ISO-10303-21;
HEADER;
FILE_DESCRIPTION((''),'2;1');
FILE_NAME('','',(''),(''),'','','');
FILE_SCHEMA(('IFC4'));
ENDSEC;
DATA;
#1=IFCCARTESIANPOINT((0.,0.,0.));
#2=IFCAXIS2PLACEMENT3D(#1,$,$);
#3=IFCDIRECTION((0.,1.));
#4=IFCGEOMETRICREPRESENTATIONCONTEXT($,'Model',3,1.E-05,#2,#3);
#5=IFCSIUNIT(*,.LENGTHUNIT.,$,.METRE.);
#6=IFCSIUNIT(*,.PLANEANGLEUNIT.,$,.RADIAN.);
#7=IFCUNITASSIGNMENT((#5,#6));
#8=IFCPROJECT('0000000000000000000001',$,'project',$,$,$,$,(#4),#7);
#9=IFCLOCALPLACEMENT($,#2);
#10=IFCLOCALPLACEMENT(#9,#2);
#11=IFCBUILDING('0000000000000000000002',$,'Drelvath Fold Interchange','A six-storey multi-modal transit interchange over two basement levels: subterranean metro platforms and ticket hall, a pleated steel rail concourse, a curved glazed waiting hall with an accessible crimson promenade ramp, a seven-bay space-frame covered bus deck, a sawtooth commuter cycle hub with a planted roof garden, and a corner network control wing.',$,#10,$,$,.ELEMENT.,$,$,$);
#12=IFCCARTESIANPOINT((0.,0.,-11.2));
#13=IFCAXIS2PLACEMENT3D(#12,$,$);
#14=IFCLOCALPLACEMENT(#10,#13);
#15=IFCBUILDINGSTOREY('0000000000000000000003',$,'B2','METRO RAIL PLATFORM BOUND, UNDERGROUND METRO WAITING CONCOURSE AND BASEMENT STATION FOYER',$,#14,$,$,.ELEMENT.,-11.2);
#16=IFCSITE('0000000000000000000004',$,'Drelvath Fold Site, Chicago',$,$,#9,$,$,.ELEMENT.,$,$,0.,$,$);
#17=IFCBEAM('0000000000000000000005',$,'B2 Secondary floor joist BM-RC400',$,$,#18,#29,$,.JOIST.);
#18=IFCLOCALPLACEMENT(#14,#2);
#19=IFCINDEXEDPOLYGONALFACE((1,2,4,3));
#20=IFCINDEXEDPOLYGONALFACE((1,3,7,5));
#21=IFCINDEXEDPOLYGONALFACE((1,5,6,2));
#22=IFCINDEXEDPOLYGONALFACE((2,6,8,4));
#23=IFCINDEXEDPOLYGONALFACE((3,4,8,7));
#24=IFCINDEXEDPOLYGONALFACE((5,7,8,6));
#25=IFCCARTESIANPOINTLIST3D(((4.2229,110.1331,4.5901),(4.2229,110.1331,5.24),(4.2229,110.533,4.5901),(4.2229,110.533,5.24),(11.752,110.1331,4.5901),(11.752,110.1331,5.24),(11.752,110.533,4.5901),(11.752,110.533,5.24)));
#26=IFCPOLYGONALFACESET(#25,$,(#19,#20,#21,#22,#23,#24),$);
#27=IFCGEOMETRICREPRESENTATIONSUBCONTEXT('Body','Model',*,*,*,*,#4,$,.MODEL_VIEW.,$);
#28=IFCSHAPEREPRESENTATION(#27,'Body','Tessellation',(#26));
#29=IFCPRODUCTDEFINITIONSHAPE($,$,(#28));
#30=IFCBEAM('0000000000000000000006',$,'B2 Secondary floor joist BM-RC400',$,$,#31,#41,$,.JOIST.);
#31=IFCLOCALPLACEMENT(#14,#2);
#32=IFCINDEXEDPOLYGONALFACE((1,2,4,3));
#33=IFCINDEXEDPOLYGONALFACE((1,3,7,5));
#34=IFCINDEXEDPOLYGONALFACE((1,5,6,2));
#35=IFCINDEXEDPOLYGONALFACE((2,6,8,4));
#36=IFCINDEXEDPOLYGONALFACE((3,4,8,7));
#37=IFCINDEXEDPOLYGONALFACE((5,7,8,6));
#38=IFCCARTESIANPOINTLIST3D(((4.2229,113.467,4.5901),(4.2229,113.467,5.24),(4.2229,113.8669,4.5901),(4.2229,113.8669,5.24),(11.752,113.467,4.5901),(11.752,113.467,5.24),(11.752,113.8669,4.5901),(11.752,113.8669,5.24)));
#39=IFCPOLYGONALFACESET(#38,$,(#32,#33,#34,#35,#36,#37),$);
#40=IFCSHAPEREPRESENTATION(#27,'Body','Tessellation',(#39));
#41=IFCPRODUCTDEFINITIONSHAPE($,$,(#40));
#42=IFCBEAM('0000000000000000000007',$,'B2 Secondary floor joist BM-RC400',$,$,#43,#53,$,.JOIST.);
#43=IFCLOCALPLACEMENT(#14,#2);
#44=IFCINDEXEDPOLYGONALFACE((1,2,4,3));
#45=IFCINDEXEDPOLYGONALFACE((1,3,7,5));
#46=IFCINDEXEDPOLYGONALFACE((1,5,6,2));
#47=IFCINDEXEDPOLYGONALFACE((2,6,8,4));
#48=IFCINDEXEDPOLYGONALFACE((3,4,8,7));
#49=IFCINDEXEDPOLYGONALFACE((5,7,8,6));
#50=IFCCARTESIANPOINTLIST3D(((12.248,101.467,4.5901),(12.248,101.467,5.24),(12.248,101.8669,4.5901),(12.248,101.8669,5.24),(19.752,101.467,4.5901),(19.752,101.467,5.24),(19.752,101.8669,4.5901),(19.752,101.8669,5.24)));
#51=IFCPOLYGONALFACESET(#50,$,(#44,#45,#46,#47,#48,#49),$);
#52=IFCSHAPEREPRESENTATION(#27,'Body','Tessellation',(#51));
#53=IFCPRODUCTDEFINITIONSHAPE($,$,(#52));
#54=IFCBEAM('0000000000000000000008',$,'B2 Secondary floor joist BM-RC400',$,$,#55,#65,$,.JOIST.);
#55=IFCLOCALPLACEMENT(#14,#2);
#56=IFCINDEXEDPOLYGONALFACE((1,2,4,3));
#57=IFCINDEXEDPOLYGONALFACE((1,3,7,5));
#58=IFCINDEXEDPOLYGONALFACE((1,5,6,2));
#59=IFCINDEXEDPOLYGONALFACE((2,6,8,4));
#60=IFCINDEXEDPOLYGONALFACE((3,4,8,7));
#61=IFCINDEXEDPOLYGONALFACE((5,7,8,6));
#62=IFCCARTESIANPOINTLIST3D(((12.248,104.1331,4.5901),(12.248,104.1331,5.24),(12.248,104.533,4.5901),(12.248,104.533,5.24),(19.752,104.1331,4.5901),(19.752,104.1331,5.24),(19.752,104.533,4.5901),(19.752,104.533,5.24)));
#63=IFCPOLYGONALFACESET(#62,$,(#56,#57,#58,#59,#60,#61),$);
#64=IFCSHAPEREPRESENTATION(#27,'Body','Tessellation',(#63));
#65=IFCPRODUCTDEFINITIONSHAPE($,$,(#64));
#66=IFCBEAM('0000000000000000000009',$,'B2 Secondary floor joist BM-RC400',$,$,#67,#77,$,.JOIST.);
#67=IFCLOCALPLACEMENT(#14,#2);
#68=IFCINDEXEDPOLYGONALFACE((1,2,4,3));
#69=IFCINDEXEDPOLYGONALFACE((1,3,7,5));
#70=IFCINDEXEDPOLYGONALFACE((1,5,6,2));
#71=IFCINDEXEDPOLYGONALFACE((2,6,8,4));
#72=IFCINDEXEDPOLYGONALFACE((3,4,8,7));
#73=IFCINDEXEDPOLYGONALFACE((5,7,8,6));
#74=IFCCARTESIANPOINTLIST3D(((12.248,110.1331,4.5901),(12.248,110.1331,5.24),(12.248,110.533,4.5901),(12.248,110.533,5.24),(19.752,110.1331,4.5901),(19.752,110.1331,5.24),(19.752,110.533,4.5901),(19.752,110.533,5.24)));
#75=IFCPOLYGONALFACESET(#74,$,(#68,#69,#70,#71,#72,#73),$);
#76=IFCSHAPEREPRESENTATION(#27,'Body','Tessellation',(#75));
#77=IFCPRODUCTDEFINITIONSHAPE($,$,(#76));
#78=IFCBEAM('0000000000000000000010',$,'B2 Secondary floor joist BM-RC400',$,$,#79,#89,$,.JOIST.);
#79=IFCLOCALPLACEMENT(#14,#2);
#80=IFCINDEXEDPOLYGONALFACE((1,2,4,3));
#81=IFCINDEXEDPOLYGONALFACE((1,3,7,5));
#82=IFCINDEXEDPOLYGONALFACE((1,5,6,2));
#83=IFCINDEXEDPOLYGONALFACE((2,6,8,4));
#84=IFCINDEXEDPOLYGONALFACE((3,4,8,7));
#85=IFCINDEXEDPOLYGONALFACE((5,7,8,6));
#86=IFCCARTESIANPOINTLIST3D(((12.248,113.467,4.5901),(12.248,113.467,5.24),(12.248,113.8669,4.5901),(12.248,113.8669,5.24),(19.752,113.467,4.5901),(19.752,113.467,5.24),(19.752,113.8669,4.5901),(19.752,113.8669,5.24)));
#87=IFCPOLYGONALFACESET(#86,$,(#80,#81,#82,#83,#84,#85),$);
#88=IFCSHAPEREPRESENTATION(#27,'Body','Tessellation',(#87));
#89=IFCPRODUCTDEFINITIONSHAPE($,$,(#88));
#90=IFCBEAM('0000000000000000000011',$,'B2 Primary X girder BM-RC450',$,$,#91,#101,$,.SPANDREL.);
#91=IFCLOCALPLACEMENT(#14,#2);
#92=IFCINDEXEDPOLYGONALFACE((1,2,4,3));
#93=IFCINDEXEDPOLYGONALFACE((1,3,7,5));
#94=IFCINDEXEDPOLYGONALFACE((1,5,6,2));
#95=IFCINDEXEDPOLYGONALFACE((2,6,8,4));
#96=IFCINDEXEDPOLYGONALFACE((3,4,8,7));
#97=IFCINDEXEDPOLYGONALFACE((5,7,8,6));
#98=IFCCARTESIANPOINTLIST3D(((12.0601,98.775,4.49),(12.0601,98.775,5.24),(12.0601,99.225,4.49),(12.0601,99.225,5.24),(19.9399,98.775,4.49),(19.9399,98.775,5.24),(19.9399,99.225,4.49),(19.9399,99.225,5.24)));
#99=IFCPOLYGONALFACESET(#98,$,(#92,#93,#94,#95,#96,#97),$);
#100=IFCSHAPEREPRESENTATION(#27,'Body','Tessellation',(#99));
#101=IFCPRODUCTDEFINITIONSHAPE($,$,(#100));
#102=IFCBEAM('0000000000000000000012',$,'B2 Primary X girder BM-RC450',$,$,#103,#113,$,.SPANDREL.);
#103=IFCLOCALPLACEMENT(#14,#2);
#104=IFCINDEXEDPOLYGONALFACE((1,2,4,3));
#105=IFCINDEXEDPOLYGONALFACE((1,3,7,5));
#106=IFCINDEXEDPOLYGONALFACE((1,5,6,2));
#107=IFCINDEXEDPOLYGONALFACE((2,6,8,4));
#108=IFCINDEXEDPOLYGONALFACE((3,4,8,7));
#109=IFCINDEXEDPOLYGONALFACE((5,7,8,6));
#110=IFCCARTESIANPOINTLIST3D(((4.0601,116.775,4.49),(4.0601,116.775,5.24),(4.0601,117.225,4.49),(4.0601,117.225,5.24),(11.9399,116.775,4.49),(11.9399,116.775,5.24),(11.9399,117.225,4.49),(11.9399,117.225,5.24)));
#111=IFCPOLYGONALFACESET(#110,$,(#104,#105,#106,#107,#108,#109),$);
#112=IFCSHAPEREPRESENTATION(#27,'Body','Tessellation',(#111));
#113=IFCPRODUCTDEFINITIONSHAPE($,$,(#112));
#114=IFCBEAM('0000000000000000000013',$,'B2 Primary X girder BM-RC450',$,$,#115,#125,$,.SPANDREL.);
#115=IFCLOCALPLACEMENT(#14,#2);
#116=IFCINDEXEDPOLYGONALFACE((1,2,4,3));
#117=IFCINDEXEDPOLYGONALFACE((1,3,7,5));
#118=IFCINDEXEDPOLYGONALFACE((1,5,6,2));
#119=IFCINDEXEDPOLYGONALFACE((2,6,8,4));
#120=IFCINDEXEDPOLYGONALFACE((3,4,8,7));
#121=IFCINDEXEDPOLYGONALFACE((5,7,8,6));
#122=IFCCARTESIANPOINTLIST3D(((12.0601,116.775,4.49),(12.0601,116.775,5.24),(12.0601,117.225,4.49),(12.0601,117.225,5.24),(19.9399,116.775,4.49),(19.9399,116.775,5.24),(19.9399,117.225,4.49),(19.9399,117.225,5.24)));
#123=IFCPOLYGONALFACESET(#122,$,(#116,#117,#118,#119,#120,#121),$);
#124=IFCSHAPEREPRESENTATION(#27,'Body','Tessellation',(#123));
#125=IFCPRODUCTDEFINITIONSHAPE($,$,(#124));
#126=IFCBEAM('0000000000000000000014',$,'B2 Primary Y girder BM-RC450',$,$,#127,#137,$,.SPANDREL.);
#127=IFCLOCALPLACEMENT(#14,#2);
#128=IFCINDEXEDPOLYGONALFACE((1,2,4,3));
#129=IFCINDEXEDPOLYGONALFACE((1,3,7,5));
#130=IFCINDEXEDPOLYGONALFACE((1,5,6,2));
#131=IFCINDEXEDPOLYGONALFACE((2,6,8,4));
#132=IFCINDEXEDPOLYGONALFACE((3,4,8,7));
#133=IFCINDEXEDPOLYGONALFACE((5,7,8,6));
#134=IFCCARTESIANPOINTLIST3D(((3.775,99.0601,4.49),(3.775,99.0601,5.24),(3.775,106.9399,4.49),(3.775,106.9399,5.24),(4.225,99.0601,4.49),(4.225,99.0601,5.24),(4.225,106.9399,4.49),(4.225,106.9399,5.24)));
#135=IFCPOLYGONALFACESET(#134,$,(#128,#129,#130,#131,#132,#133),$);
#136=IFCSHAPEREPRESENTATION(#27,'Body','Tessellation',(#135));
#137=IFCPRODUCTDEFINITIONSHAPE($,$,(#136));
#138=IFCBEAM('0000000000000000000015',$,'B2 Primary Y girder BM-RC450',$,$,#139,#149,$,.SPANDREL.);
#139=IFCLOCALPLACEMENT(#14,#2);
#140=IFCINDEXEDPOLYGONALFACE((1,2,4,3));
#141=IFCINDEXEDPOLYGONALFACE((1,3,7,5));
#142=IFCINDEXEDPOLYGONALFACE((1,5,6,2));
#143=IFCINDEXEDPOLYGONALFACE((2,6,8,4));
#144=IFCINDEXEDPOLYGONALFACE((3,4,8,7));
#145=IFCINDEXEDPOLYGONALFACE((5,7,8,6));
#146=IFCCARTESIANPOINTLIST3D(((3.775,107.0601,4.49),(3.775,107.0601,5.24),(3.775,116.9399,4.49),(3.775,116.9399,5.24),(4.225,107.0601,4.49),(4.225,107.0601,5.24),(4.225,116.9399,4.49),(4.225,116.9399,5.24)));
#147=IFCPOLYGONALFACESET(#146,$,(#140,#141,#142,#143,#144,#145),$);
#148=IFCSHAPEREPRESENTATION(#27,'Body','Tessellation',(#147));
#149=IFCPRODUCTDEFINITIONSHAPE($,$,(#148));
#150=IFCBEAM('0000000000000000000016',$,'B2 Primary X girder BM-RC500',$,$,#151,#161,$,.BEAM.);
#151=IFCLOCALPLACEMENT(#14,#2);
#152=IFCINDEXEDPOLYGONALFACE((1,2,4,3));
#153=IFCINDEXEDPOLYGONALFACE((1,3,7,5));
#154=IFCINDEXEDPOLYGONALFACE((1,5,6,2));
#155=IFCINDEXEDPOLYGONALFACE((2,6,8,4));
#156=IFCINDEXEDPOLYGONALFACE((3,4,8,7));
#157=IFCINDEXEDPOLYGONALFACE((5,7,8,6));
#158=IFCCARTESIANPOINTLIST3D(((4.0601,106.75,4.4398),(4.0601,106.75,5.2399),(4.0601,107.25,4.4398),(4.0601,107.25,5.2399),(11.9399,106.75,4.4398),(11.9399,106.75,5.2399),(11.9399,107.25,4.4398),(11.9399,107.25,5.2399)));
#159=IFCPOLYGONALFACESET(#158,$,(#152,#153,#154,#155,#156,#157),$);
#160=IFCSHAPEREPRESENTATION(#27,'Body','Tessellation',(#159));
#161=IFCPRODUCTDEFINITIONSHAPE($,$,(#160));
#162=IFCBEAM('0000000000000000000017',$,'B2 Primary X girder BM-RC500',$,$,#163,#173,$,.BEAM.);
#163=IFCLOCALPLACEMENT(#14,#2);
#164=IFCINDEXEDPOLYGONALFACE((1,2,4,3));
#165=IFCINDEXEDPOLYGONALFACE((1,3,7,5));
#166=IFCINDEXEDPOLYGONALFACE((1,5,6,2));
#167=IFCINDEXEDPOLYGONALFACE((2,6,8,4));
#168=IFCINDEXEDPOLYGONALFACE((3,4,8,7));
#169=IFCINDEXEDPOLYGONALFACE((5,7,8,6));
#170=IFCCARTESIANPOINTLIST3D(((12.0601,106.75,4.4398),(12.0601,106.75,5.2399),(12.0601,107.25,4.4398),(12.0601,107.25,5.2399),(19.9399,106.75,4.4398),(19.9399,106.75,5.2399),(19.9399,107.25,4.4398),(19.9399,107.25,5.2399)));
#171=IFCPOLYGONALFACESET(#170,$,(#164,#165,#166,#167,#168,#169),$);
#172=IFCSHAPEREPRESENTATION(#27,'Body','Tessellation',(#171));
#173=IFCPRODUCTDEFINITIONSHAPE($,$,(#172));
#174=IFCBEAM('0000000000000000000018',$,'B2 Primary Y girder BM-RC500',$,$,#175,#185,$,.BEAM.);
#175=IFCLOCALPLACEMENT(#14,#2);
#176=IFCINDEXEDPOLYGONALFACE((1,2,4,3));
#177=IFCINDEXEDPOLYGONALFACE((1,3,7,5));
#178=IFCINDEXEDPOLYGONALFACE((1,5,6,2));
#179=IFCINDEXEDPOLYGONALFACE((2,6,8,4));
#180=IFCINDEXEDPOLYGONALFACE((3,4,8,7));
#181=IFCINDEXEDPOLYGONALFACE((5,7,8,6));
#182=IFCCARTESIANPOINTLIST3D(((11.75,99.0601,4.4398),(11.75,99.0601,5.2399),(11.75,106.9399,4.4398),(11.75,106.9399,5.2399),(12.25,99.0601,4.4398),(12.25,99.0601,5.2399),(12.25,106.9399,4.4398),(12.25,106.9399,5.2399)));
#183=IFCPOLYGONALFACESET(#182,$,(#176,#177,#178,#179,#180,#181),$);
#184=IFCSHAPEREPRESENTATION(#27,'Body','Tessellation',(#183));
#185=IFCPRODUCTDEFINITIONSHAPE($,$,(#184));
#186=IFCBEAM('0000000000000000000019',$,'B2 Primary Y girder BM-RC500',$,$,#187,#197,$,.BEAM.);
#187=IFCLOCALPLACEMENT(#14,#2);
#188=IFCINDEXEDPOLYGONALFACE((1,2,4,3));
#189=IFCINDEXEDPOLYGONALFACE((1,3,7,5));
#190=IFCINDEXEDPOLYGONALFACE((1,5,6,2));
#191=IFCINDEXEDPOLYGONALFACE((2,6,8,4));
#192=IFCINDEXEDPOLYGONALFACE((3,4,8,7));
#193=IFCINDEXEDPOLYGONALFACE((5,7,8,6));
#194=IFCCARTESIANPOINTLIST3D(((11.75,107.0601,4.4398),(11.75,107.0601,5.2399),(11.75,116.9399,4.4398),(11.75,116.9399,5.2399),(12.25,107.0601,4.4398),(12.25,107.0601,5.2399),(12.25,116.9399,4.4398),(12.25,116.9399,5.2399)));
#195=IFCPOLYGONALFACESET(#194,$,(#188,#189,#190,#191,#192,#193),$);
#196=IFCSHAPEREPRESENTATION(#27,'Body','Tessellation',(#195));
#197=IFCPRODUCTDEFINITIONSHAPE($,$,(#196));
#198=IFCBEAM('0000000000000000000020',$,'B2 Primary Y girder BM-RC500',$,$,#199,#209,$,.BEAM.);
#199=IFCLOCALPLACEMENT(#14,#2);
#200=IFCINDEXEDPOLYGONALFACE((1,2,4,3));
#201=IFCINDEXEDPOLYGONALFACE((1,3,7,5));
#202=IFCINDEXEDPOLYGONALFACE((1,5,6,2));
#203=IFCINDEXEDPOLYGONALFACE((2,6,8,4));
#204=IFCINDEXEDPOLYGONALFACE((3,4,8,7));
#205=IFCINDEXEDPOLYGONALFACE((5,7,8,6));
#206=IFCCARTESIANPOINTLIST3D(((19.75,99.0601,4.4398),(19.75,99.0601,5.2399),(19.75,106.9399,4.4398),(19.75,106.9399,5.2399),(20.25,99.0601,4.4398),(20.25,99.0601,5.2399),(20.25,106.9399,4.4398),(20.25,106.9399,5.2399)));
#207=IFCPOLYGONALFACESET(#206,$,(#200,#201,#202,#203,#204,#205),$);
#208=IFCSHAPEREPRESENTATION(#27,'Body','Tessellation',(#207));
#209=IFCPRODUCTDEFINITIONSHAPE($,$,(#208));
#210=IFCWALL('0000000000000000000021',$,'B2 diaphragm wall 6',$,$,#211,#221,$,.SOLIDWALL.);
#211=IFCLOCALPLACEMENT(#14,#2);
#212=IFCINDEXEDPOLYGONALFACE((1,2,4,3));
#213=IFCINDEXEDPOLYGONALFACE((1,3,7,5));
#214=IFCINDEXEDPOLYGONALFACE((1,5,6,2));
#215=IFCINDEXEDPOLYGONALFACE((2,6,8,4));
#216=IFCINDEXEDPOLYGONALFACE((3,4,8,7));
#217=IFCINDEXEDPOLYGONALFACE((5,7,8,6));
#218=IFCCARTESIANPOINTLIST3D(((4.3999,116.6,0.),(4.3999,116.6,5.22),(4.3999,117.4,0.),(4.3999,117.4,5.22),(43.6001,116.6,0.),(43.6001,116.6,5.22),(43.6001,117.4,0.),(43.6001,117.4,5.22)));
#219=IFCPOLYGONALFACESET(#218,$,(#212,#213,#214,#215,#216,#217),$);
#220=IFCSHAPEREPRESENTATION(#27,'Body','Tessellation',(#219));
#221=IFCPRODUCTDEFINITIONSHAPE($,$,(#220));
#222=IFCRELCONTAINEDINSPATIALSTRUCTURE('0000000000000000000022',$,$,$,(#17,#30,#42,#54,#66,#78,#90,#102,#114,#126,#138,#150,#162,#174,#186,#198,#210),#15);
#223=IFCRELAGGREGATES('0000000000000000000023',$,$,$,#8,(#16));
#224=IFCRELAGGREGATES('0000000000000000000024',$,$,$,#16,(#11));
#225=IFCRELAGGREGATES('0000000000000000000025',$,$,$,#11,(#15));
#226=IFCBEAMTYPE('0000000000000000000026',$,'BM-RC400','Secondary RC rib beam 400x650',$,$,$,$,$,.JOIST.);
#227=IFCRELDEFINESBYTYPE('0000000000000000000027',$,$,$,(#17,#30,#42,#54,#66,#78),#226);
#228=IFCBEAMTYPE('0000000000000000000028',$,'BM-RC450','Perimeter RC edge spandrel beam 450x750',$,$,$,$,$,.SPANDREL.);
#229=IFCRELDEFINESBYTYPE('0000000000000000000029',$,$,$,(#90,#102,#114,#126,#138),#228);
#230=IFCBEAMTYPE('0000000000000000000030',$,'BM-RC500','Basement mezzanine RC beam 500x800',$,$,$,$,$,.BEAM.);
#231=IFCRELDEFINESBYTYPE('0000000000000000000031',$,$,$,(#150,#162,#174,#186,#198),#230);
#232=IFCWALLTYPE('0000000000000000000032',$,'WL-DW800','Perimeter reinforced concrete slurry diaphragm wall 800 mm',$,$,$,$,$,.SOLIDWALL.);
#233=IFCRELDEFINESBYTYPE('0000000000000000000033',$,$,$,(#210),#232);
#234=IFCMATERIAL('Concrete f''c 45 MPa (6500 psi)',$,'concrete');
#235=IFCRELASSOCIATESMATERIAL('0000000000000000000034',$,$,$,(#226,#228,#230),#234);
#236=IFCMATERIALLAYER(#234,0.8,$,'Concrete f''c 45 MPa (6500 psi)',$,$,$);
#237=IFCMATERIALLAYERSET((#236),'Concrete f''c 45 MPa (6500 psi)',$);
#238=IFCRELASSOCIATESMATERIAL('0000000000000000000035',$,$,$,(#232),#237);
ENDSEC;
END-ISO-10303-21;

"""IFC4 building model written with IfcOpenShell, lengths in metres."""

from ifc_helpers import new_model, si_unit, direction, frame, frame_2d, origin, origin_2d, place, context, subcontext, project, spatial, rectangle, extrude, material, layer, layer_set, material_profile, profile_set, type_object, element, save


model = new_model("IFC4")

# Units and contexts
model_context = context("Model", 3, precision=1e-05, world=origin(), true_north=direction((0.0, 1.0)))
body_context = subcontext(model_context, "Body", "Model", "MODEL_VIEW")
ifc_project = project(units=[si_unit("LENGTHUNIT", "METRE"), si_unit("PLANEANGLEUNIT", "RADIAN")], contexts=[model_context])

# Site, building, storey
site_placement = place(None, origin())
site = spatial("IfcSite", under=ifc_project, at=site_placement, Name="Drelvath Fold Site, Chicago", CompositionType="ELEMENT", RefElevation=0.0)
building_placement = place(site_placement, origin())
building = spatial("IfcBuilding", under=site, at=building_placement, Name="Drelvath Fold Interchange", Description="A six-storey multi-modal transit interchange over two basement levels: subterranean metro platforms and ticket hall, a pleated steel rail concourse, a curved glazed waiting hall with an accessible crimson promenade ramp, a seven-bay space-frame covered bus deck, a sawtooth commuter cycle hub with a planted roof garden, and a corner network control wing.", CompositionType="ELEMENT")
storey_placement = place(building_placement, frame((0.0, 0.0, -11.2)))
storey = spatial("IfcBuildingStorey", under=building, at=storey_placement, Name="B2", Description="METRO RAIL PLATFORM BOUND, UNDERGROUND METRO WAITING CONCOURSE AND BASEMENT STATION FOYER", CompositionType="ELEMENT", Elevation=-11.2)

# Beams
ifc_material_1 = material(Name="Concrete f'c 45 MPa (6500 psi)", Category="concrete")
ifc_material_profile_1 = material_profile(ifc_material_1, rectangle(XDim=0.3999, YDim=0.6499, at=origin_2d()), Name="RC 400x650")
ifc_profile_set_1 = profile_set([ifc_material_profile_1], Name="Concrete f'c 45 MPa (6500 psi)")
beam_type_1 = type_object("IfcBeamType", Name="BM-RC400", Description="Secondary RC rib beam 400x650", PredefinedType="JOIST", material=ifc_profile_set_1)
for number, where, z_axis, x_axis, name in (
    (1, (4.2229, 110.333, 4.915), (1.0, 0.0, 0.0), (0.0, 1.0, 0.0), "B2 Secondary floor joist BM-RC400"),
    (2, (4.2229, 113.667, 4.915), (1.0, 0.0, 0.0), (0.0, 1.0, 0.0), "B2 Secondary floor joist BM-RC400"),
):
    element("IfcBeam", number, at=place(storey_placement, frame(where, z_axis=z_axis, x_axis=x_axis)), inside=storey, type_object=beam_type_1, Name=name, PredefinedType="JOIST", context=body_context, shape_type="SweptSolid", body=[
        extrude(rectangle(XDim=0.3999, YDim=0.6499, at=origin_2d()), origin(), (0.0, 0.0, 1.0), 7.5291),
    ])
for number, where, z_axis, x_axis, name in (
    (3, (12.248, 101.667, 4.915), (1.0, 0.0, 0.0), (0.0, 1.0, 0.0), "B2 Secondary floor joist BM-RC400"),
    (4, (12.248, 104.333, 4.915), (1.0, 0.0, 0.0), (0.0, 1.0, 0.0), "B2 Secondary floor joist BM-RC400"),
    (5, (12.248, 110.333, 4.915), (1.0, 0.0, 0.0), (0.0, 1.0, 0.0), "B2 Secondary floor joist BM-RC400"),
    (6, (12.248, 113.667, 4.915), (1.0, 0.0, 0.0), (0.0, 1.0, 0.0), "B2 Secondary floor joist BM-RC400"),
):
    element("IfcBeam", number, at=place(storey_placement, frame(where, z_axis=z_axis, x_axis=x_axis)), inside=storey, type_object=beam_type_1, Name=name, PredefinedType="JOIST", context=body_context, shape_type="SweptSolid", body=[
        extrude(rectangle(XDim=0.3999, YDim=0.6499, at=origin_2d()), origin(), (0.0, 0.0, 1.0), 7.5039),
    ])
ifc_material_profile_2 = material_profile(ifc_material_1, rectangle(XDim=0.45, YDim=0.75, at=origin_2d()), Name="RC 450x750")
ifc_profile_set_2 = profile_set([ifc_material_profile_2], Name="Concrete f'c 45 MPa (6500 psi)")
beam_type_2 = type_object("IfcBeamType", Name="BM-RC450", Description="Perimeter RC edge spandrel beam 450x750", PredefinedType="SPANDREL", material=ifc_profile_set_2)
for number, where, z_axis, x_axis, name in (
    (7, (12.0601, 99.0, 4.865), (1.0, 0.0, 0.0), (0.0, 1.0, 0.0), "B2 Primary X girder BM-RC450"),
    (8, (4.0601, 117.0, 4.865), (1.0, 0.0, 0.0), (0.0, 1.0, 0.0), "B2 Primary X girder BM-RC450"),
    (9, (12.0601, 117.0, 4.865), (1.0, 0.0, 0.0), (0.0, 1.0, 0.0), "B2 Primary X girder BM-RC450"),
    (10, (4.0, 99.0601, 4.865), (0.0, 1.0, 0.0), (-1.0, 0.0, 0.0), "B2 Primary Y girder BM-RC450"),
):
    element("IfcBeam", number, at=place(storey_placement, frame(where, z_axis=z_axis, x_axis=x_axis)), inside=storey, type_object=beam_type_2, Name=name, PredefinedType="SPANDREL", context=body_context, shape_type="SweptSolid", body=[
        extrude(rectangle(XDim=0.45, YDim=0.75, at=origin_2d()), origin(), (0.0, 0.0, 1.0), 7.8799),
    ])
beam_1_placement = place(storey_placement, frame((4.0, 107.0601, 4.865), z_axis=(0.0, 1.0, 0.0), x_axis=(-1.0, 0.0, 0.0)))
element("IfcBeam", 11, at=beam_1_placement, inside=storey, type_object=beam_type_2, Name="B2 Primary Y girder BM-RC450", PredefinedType="SPANDREL", context=body_context, shape_type="SweptSolid", body=[
    extrude(rectangle(XDim=0.45, YDim=0.75, at=origin_2d()), origin(), (0.0, 0.0, 1.0), 9.8799),
])
ifc_material_profile_3 = material_profile(ifc_material_1, rectangle(XDim=0.5, YDim=0.8, at=origin_2d()), Name="RC 500x800")
ifc_profile_set_3 = profile_set([ifc_material_profile_3], Name="Concrete f'c 45 MPa (6500 psi)")
beam_type_3 = type_object("IfcBeamType", Name="BM-RC500", Description="Basement mezzanine RC beam 500x800", PredefinedType="BEAM", material=ifc_profile_set_3)
for number, where, z_axis, x_axis, name in (
    (12, (4.0601, 107.0, 4.8398), (1.0, 0.0, 0.0), (0.0, 1.0, 0.0), "B2 Primary X girder BM-RC500"),
    (13, (12.0601, 107.0, 4.8398), (1.0, 0.0, 0.0), (0.0, 1.0, 0.0), "B2 Primary X girder BM-RC500"),
    (14, (12.0, 99.0601, 4.8398), (0.0, 1.0, 0.0), (-1.0, 0.0, 0.0), "B2 Primary Y girder BM-RC500"),
):
    element("IfcBeam", number, at=place(storey_placement, frame(where, z_axis=z_axis, x_axis=x_axis)), inside=storey, type_object=beam_type_3, Name=name, PredefinedType="BEAM", context=body_context, shape_type="SweptSolid", body=[
        extrude(rectangle(XDim=0.5, YDim=0.8, at=origin_2d()), origin(), (0.0, 0.0, 1.0), 7.8799),
    ])
beam_2_placement = place(storey_placement, frame((12.0, 107.0601, 4.8398), z_axis=(0.0, 1.0, 0.0), x_axis=(-1.0, 0.0, 0.0)))
element("IfcBeam", 15, at=beam_2_placement, inside=storey, type_object=beam_type_3, Name="B2 Primary Y girder BM-RC500", PredefinedType="BEAM", context=body_context, shape_type="SweptSolid", body=[
    extrude(rectangle(XDim=0.5, YDim=0.8, at=origin_2d()), origin(), (0.0, 0.0, 1.0), 9.8799),
])
beam_3_placement = place(storey_placement, frame((20.0, 99.0601, 4.8398), z_axis=(0.0, 1.0, 0.0), x_axis=(-1.0, 0.0, 0.0)))
element("IfcBeam", 16, at=beam_3_placement, inside=storey, type_object=beam_type_3, Name="B2 Primary Y girder BM-RC500", PredefinedType="BEAM", context=body_context, shape_type="SweptSolid", body=[
    extrude(rectangle(XDim=0.5, YDim=0.8, at=origin_2d()), origin(), (0.0, 0.0, 1.0), 7.8799),
])

# Wall
ifc_layer_1 = layer(ifc_material_1, 0.8, Name="Concrete f'c 45 MPa (6500 psi)")
ifc_layer_set_1 = layer_set([ifc_layer_1], Name="Concrete f'c 45 MPa (6500 psi)")
wall_type_1 = type_object("IfcWallType", Name="WL-DW800", Description="Perimeter reinforced concrete slurry diaphragm wall 800 mm", PredefinedType="SOLIDWALL", material=ifc_layer_set_1)
wall_1_placement = place(storey_placement, frame((4.3999, 117.0, 0.0), z_axis=(0.0, 0.0, 1.0), x_axis=(1.0, 0.0, 0.0)))
element("IfcWall", 17, at=wall_1_placement, inside=storey, type_object=wall_type_1, Name="B2 diaphragm wall 6", PredefinedType="SOLIDWALL", context=body_context, shape_type="SweptSolid", body=[
    extrude(rectangle(XDim=39.2002, YDim=0.8, at=frame_2d((19.6001, 0.0))), origin(), (0.0, 0.0, 1.0), 5.22),
])

save(model, "model.ifc")
